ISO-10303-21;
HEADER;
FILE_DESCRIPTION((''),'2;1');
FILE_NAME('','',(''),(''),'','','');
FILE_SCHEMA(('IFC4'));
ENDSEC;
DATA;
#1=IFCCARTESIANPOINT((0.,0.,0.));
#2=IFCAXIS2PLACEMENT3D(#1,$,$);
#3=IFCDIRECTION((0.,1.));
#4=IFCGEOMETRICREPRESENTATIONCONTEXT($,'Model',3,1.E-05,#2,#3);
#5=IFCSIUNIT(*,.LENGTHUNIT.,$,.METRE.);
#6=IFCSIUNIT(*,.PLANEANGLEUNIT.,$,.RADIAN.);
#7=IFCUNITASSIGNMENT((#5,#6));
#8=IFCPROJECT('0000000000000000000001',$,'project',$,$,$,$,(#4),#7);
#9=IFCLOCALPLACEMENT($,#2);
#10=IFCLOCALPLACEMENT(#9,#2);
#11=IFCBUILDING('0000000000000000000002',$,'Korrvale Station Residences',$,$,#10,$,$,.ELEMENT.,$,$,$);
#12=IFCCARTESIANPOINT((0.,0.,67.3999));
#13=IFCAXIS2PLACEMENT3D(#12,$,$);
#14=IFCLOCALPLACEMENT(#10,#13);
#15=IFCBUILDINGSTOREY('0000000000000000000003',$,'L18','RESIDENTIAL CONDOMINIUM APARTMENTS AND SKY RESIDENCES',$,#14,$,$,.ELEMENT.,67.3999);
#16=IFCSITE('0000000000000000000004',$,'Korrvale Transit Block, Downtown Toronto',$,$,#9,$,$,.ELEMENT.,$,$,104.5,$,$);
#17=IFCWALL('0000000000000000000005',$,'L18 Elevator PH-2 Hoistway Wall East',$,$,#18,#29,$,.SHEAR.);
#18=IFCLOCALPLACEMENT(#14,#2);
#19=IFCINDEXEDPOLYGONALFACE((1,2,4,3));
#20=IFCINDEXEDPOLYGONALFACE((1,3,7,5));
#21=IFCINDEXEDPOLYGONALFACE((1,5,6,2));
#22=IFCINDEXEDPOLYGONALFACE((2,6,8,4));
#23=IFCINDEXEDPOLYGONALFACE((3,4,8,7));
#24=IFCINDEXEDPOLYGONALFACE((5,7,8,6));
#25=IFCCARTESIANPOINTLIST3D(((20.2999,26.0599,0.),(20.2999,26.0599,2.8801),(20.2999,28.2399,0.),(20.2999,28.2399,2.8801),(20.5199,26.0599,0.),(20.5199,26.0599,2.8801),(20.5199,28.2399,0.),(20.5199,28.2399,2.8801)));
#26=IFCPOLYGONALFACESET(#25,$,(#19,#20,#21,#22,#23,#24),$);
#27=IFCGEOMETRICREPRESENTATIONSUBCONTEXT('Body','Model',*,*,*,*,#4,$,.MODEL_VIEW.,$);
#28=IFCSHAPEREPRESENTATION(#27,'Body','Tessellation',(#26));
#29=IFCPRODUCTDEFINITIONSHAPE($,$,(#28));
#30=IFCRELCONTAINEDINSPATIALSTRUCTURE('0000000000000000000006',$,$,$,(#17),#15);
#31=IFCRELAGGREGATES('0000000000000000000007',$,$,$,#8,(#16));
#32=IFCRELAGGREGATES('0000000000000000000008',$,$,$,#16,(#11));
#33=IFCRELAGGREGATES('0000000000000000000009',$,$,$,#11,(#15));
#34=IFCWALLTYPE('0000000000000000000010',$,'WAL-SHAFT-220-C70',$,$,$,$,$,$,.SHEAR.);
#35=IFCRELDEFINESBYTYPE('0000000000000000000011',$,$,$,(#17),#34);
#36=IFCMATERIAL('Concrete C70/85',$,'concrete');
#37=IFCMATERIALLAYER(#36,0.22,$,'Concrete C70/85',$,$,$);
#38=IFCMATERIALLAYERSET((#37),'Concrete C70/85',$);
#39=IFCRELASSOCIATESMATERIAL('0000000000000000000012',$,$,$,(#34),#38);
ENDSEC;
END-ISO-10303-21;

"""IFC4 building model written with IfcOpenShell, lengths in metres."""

from ifc_helpers import new_model, si_unit, direction, frame, frame_2d, origin, place, context, subcontext, project, spatial, rectangle, extrude, material, layer, layer_set, type_object, element, save


model = new_model("IFC4")

# Units and contexts
model_context = context("Model", 3, precision=1e-05, world=origin(), true_north=direction((0.0, 1.0)))
body_context = subcontext(model_context, "Body", "Model", "MODEL_VIEW")
ifc_project = project(units=[si_unit("LENGTHUNIT", "METRE"), si_unit("PLANEANGLEUNIT", "RADIAN")], contexts=[model_context])

# Site, building, storey
site_placement = place(None, origin())
site = spatial("IfcSite", under=ifc_project, at=site_placement, Name="Korrvale Transit Block, Downtown Toronto", CompositionType="ELEMENT", RefElevation=104.5)
building_placement = place(site_placement, origin())
building = spatial("IfcBuilding", under=site, at=building_placement, Name="Korrvale Station Residences", CompositionType="ELEMENT")
storey_placement = place(building_placement, frame((0.0, 0.0, 67.3999)))
storey = spatial("IfcBuildingStorey", under=building, at=storey_placement, Name="L18", Description="RESIDENTIAL CONDOMINIUM APARTMENTS AND SKY RESIDENCES", CompositionType="ELEMENT", Elevation=67.3999)

# Shared definitions
ifc_material_1 = material(Name="Concrete C70/85", Category="concrete")

# Shared definitions
ifc_layer_1 = layer(ifc_material_1, 0.22, Name="Concrete C70/85")
ifc_layer_set_1 = layer_set([ifc_layer_1], Name="Concrete C70/85")
wall_type_1 = type_object("IfcWallType", Name="WAL-SHAFT-220-C70", PredefinedType="SHEAR", material=ifc_layer_set_1)

# Wall
wall_1_placement = place(storey_placement, frame((20.4099, 26.0601, 0.0), z_axis=(0.0, 0.0, 1.0), x_axis=(0.0, 1.0, 0.0)))
element("IfcWall", 1, at=wall_1_placement, inside=storey, type_object=wall_type_1, Name="L18 Elevator PH-2 Hoistway Wall East", PredefinedType="SHEAR", context=body_context, shape_type="SweptSolid", body=[
    extrude(rectangle(XDim=2.1799, YDim=0.22, at=frame_2d((1.0898, 0.0))), origin(), (0.0, 0.0, 1.0), 2.8801),
])

save(model, "model.ifc")
